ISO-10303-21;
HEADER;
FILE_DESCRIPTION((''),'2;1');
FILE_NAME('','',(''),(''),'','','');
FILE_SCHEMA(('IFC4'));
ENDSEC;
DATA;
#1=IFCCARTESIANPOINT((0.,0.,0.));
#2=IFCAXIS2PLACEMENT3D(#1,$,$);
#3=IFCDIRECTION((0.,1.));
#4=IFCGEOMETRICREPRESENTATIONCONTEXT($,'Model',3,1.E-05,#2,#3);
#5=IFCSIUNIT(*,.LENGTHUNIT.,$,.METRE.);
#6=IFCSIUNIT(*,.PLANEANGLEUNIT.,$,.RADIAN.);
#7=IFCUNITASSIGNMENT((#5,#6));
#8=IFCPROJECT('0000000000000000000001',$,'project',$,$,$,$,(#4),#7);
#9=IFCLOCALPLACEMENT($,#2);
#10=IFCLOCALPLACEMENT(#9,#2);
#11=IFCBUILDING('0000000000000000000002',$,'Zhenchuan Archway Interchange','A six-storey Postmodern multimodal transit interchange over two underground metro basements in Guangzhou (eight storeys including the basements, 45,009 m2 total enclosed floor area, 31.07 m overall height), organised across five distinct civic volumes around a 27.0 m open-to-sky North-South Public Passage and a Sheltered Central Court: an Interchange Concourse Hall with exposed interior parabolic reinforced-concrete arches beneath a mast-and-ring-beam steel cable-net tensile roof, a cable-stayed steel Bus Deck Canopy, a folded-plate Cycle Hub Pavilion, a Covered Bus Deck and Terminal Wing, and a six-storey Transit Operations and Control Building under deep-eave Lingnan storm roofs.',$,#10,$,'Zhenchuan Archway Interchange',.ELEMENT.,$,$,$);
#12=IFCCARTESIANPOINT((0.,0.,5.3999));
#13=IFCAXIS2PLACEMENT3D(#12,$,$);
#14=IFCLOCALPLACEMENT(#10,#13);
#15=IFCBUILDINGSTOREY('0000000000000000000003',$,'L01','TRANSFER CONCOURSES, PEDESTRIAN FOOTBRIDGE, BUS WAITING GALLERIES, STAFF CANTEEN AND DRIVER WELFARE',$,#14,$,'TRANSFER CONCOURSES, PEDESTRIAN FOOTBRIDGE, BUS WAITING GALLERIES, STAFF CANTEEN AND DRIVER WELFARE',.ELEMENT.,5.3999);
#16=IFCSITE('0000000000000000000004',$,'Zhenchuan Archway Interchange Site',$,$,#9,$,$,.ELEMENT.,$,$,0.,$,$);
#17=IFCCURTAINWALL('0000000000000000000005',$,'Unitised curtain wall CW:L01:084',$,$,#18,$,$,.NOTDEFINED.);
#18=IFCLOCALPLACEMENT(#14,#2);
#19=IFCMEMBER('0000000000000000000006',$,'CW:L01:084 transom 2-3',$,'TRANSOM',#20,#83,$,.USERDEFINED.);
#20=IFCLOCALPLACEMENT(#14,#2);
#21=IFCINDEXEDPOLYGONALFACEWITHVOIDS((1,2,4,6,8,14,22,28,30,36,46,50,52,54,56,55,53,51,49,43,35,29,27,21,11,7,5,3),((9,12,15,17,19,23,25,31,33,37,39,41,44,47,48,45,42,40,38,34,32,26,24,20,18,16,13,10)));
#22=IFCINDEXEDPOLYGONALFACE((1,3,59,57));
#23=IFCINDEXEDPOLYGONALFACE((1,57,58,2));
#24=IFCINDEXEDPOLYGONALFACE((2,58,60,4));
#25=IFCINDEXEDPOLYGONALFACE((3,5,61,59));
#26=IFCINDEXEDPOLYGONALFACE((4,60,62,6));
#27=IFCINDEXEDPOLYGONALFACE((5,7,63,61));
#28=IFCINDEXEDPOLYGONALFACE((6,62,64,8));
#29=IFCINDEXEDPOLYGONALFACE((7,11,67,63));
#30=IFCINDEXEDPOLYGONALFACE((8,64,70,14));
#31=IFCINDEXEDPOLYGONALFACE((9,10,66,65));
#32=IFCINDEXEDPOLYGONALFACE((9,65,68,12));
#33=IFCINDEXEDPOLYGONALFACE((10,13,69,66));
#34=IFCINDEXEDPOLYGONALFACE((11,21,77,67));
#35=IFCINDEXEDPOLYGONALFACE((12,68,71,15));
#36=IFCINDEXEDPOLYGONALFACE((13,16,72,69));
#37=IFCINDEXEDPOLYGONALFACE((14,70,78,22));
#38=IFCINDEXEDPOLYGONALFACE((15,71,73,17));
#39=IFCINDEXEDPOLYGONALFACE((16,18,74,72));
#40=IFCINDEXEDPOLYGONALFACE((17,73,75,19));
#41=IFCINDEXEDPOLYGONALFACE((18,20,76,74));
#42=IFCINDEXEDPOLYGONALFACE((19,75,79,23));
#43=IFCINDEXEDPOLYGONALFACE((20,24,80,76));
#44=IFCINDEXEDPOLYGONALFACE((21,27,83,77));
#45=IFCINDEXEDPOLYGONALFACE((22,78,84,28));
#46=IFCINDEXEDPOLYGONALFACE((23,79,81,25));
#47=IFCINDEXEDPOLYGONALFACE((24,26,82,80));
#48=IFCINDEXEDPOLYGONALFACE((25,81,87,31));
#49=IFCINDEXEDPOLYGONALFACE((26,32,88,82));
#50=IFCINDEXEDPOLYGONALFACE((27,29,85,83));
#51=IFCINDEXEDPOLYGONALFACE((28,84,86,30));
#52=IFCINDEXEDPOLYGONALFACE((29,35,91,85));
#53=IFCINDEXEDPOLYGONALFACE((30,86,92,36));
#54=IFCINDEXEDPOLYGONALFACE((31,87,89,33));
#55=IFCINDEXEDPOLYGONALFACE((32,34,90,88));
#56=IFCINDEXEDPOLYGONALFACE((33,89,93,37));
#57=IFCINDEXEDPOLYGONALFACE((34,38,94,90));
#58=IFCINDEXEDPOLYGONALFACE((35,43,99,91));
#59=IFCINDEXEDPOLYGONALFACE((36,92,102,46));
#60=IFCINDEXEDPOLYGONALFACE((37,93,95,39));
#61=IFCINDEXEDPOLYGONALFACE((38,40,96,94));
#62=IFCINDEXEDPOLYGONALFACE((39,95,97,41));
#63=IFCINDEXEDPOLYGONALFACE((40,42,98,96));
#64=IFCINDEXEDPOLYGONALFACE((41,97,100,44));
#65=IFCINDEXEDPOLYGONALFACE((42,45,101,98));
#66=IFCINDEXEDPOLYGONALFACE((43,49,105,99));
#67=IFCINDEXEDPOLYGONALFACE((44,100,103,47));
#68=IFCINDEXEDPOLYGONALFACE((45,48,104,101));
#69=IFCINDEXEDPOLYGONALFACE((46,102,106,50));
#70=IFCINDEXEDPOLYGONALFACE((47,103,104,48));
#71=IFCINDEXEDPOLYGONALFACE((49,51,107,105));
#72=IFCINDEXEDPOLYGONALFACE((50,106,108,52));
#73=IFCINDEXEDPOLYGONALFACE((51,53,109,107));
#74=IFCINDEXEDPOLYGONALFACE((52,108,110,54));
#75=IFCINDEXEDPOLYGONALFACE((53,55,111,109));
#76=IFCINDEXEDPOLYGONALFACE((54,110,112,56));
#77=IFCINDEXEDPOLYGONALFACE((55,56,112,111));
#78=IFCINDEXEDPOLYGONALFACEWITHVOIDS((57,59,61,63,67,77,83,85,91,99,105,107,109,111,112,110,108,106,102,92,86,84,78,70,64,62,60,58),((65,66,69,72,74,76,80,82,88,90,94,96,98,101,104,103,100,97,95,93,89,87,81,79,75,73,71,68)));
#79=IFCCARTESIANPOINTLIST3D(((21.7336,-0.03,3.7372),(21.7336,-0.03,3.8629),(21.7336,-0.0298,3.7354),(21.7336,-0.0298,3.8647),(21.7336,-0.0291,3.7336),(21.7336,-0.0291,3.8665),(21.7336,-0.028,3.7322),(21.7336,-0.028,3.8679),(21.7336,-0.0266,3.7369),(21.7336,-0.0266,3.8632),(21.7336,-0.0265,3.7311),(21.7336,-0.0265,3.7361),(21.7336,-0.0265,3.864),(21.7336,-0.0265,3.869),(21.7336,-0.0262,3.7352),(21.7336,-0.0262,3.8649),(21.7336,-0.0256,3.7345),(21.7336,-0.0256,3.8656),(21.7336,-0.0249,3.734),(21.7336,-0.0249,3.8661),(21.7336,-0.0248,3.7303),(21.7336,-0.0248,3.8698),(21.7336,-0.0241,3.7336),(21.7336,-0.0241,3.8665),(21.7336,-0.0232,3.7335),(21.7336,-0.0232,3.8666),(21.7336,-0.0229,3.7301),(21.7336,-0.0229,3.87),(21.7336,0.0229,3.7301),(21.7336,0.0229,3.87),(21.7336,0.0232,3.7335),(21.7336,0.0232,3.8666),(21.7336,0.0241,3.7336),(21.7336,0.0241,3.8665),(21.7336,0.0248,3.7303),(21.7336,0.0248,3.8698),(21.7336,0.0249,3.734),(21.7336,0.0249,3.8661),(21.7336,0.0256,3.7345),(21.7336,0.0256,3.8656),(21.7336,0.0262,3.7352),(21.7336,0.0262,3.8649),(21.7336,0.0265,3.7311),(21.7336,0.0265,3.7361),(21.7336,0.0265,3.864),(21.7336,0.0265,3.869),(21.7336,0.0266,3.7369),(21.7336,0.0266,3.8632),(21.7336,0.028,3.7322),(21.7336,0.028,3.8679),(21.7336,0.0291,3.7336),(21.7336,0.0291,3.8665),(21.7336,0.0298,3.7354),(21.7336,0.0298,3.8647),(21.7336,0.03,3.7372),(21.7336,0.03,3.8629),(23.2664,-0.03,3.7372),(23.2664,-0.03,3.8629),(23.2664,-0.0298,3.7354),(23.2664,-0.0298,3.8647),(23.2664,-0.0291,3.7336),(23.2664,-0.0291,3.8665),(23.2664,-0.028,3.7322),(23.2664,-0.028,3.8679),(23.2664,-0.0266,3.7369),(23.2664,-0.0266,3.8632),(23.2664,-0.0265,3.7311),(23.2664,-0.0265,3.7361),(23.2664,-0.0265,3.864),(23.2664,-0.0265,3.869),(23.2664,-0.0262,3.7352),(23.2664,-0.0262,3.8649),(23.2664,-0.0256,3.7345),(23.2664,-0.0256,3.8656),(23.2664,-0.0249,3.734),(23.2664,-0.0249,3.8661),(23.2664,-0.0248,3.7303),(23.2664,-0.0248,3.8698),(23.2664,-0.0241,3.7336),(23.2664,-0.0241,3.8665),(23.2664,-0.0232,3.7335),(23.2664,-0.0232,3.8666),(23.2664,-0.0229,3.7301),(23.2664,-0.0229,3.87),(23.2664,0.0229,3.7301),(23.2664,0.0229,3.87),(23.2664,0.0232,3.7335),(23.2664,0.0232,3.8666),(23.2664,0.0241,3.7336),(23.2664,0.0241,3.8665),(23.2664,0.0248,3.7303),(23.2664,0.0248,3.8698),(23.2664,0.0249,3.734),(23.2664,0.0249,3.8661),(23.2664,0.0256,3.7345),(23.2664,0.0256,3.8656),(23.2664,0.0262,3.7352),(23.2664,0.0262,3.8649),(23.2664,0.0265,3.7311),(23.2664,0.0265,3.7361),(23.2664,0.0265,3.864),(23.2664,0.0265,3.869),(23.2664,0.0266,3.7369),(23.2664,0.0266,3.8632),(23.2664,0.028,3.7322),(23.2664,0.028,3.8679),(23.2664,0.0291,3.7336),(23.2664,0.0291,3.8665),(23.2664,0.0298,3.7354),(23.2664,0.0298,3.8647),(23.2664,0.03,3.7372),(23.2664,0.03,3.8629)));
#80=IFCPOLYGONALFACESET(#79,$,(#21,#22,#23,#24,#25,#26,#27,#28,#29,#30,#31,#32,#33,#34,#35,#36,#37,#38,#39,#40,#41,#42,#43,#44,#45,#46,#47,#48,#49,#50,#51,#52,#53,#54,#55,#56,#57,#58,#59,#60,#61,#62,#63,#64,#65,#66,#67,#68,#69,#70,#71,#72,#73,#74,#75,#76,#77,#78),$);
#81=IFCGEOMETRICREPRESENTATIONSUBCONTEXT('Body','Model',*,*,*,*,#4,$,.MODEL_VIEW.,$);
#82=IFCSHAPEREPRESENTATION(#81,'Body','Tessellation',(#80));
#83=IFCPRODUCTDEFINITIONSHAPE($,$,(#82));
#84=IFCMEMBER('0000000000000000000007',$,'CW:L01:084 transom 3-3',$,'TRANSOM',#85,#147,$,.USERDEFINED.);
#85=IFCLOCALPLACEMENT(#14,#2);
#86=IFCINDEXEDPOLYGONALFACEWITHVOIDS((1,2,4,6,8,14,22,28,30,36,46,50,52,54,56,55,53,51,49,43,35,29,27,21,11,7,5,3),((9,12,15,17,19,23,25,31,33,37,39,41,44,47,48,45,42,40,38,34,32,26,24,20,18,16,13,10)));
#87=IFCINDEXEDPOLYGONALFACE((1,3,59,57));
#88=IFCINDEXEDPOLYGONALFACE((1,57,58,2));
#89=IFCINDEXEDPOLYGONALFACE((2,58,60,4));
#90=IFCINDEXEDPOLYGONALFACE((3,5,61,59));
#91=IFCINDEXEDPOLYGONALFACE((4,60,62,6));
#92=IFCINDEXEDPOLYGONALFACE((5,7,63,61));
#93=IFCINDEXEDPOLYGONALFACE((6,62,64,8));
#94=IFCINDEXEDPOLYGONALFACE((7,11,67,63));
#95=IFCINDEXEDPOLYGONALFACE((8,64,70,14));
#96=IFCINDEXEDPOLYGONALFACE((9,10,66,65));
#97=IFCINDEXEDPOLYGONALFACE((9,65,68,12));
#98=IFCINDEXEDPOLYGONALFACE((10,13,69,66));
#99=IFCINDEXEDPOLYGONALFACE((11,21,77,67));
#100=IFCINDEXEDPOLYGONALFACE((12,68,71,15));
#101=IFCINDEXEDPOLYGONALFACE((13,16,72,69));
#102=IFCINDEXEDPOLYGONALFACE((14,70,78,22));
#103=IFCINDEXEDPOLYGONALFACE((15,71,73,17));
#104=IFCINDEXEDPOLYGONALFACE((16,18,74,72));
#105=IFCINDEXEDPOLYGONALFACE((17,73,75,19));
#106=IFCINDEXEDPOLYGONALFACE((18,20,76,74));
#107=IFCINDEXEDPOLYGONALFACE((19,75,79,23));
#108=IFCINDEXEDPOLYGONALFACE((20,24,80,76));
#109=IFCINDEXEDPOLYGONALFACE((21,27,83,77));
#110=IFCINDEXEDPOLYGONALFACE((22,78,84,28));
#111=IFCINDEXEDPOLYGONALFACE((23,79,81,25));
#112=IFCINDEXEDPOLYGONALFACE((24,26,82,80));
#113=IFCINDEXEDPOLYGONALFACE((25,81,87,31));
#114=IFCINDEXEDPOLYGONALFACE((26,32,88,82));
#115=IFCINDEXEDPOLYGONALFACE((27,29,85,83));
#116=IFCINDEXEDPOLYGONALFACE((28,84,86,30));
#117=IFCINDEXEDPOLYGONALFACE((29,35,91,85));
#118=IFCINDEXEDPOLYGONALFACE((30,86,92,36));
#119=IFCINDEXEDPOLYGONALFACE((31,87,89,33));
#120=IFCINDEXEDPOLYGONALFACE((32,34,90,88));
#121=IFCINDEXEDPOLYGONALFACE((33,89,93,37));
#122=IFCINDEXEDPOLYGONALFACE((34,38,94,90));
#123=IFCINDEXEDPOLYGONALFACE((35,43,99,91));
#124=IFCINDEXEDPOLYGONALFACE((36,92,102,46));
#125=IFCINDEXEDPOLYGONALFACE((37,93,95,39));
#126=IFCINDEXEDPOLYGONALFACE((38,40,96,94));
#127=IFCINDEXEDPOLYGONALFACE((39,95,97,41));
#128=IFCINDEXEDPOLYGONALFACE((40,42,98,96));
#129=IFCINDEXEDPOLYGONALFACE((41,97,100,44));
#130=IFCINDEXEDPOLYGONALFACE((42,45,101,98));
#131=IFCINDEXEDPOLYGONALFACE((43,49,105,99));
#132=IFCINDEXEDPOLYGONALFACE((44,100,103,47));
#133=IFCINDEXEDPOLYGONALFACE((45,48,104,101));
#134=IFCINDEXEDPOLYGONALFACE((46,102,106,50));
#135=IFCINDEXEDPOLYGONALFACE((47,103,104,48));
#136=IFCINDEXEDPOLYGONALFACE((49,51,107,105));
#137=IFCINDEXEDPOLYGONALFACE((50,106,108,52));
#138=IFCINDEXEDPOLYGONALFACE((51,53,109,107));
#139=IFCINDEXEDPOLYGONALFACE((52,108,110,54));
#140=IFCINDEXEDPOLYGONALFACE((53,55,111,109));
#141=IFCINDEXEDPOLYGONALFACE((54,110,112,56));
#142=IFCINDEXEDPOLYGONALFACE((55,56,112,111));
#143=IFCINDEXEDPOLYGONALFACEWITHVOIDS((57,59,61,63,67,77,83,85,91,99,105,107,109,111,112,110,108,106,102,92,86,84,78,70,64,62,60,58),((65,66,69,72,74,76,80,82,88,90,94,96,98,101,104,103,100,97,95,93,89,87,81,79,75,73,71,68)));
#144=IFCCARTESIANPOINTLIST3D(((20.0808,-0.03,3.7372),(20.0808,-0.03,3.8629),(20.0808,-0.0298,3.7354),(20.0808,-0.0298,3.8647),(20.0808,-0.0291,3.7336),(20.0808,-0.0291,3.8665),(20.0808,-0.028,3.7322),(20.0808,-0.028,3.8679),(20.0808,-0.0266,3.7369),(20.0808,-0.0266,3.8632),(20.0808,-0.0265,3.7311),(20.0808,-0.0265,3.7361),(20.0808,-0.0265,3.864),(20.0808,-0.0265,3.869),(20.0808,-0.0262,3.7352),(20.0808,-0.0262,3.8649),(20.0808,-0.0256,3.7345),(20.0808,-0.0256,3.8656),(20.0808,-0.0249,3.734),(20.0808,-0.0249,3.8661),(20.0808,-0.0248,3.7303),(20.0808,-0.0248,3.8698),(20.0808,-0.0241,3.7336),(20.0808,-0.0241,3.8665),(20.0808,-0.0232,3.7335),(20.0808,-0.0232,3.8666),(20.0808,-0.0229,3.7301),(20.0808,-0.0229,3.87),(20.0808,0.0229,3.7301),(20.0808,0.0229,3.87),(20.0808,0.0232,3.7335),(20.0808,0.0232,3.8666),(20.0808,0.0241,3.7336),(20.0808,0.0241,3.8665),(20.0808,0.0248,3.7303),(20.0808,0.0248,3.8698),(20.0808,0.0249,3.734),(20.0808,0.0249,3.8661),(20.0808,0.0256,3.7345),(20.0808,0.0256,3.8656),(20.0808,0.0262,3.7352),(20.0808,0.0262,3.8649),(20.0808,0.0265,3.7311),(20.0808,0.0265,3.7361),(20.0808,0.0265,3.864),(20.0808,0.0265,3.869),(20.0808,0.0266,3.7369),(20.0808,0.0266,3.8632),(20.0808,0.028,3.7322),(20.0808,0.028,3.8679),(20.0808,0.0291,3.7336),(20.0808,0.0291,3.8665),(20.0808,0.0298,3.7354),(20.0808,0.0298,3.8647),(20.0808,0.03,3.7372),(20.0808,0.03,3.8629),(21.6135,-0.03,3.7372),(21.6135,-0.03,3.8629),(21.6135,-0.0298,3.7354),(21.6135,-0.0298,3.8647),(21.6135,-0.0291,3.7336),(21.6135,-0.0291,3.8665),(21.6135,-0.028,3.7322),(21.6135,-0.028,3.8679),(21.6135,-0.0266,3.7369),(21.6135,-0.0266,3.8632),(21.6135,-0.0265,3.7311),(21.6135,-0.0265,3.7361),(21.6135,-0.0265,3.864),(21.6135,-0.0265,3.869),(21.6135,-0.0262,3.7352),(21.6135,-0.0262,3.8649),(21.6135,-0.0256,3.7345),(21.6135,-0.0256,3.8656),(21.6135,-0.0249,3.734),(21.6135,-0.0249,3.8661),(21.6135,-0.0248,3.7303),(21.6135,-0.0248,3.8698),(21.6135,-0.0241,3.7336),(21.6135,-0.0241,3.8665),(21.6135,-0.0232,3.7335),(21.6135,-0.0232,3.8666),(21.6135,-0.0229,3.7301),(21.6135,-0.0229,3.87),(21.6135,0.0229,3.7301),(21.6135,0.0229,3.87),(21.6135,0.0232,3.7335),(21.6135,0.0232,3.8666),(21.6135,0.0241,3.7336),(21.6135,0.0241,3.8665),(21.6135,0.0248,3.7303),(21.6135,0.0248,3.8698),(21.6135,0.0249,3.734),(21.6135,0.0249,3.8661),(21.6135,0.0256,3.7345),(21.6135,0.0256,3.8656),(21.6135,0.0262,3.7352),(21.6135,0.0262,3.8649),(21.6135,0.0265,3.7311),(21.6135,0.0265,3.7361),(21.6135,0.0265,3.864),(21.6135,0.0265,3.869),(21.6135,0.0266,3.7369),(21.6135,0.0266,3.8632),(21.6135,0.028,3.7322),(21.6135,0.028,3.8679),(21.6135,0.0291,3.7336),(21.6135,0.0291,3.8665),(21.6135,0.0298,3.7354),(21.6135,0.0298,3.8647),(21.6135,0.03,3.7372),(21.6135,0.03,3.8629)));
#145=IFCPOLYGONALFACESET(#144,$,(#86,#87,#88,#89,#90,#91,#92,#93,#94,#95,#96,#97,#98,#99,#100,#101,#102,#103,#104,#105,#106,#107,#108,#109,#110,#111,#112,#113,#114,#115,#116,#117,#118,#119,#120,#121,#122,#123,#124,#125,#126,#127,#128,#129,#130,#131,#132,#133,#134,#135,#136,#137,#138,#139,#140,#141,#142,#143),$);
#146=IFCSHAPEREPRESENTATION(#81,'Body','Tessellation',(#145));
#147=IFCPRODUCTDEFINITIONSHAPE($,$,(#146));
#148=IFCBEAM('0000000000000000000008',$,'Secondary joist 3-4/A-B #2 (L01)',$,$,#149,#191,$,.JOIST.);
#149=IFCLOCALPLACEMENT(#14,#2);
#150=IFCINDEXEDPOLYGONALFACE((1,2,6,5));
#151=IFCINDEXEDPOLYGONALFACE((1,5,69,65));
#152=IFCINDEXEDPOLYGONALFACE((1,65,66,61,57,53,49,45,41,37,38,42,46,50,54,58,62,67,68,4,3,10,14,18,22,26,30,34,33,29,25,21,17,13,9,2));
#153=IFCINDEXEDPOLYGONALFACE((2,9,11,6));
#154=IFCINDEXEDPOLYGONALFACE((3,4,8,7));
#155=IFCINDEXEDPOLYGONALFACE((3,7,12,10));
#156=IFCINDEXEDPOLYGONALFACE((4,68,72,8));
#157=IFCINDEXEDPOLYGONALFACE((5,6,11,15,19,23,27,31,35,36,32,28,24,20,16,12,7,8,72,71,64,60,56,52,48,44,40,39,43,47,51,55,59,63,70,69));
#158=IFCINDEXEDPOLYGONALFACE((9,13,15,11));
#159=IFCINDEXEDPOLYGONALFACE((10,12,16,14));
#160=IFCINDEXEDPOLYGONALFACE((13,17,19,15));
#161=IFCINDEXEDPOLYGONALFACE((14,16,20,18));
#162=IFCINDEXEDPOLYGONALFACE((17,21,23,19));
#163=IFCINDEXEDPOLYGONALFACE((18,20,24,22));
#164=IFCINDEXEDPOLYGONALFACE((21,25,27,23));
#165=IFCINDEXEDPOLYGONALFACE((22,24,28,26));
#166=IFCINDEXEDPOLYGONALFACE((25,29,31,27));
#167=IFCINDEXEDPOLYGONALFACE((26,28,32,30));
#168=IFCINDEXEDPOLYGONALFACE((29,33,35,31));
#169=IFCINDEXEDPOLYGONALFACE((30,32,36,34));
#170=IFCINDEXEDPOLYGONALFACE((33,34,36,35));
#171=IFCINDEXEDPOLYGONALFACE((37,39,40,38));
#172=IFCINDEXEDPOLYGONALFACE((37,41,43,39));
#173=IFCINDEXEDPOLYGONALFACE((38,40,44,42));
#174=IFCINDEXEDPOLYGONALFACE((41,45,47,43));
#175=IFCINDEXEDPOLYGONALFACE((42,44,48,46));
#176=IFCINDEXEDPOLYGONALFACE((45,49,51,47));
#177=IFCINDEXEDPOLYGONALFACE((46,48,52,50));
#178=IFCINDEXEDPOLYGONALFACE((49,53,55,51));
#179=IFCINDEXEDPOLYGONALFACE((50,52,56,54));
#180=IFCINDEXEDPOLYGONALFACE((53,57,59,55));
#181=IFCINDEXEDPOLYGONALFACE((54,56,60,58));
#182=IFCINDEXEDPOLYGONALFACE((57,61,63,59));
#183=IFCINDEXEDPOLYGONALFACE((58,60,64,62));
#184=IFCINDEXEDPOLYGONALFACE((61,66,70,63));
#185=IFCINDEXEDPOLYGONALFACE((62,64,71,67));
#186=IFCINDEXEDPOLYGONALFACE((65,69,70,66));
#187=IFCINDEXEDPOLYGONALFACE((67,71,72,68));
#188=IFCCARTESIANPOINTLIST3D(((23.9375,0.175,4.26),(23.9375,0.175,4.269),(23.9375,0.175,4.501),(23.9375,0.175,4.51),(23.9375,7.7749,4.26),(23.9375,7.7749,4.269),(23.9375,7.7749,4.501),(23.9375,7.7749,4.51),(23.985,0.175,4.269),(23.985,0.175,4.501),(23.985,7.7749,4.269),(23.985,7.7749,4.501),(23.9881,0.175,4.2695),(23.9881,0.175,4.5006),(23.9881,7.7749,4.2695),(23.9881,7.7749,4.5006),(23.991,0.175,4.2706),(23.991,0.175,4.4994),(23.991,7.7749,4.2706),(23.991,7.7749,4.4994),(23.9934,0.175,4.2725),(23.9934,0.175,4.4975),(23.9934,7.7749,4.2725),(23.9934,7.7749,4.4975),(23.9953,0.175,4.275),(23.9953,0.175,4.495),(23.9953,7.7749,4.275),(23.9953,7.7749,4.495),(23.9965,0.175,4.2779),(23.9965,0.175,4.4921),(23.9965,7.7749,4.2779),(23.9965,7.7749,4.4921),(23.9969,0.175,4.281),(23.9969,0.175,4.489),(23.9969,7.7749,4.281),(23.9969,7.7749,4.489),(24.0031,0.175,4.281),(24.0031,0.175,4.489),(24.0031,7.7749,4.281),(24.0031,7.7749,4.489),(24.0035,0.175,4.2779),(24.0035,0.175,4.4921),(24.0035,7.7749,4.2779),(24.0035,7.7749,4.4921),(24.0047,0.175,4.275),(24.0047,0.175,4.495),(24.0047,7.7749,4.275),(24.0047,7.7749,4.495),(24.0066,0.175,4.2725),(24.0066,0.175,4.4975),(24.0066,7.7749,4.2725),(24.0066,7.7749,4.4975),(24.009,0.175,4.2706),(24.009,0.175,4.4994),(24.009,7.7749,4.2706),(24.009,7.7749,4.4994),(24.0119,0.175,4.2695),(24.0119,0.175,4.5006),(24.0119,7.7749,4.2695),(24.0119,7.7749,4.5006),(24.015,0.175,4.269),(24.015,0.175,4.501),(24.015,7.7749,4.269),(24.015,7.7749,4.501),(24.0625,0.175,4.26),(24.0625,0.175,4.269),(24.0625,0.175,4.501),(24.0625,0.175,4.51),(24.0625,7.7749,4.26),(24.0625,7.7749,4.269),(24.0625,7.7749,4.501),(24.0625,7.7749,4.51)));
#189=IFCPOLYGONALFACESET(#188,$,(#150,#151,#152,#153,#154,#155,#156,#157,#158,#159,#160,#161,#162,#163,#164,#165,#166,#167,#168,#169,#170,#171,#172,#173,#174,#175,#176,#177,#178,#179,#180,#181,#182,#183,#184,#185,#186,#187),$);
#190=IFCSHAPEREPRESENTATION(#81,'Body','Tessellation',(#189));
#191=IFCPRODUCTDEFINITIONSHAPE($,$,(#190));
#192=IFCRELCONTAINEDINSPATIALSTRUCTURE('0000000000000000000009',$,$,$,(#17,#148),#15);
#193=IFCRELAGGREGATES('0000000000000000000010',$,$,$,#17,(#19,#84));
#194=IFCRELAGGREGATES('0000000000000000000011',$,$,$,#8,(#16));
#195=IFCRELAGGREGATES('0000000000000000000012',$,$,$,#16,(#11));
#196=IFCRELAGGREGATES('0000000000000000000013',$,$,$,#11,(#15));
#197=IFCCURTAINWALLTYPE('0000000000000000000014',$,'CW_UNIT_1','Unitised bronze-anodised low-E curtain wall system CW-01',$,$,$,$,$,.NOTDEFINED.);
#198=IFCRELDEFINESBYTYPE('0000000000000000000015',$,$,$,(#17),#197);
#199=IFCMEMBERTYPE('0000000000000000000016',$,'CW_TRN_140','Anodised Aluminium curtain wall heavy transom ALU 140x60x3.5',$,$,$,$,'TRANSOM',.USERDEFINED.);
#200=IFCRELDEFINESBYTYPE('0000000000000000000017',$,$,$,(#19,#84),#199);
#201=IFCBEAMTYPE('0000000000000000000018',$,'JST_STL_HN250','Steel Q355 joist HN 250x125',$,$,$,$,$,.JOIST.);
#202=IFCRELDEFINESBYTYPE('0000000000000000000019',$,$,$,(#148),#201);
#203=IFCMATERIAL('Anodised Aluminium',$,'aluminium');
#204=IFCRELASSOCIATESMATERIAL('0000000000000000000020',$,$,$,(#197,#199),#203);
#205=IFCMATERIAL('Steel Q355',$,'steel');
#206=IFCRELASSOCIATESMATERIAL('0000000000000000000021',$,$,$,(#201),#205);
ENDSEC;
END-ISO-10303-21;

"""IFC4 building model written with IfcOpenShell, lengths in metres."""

from ifc_helpers import new_model, si_unit, direction, frame, origin, origin_2d, place, context, subcontext, project, spatial, hollow_rectangle, i_section, extrude, material, material_profile, profile_set, type_object, element, aggregate, save


model = new_model("IFC4")

# Units and contexts
model_context = context("Model", 3, precision=1e-05, world=origin(), true_north=direction((0.0, 1.0)))
body_context = subcontext(model_context, "Body", "Model", "MODEL_VIEW")
ifc_project = project(units=[si_unit("LENGTHUNIT", "METRE"), si_unit("PLANEANGLEUNIT", "RADIAN")], contexts=[model_context])

# Site, building, storey
site_placement = place(None, origin())
site = spatial("IfcSite", under=ifc_project, at=site_placement, Name="Zhenchuan Archway Interchange Site", CompositionType="ELEMENT", RefElevation=0.0)
building_placement = place(site_placement, origin())
building = spatial("IfcBuilding", under=site, at=building_placement, Name="Zhenchuan Archway Interchange", Description="A six-storey Postmodern multimodal transit interchange over two underground metro basements in Guangzhou (eight storeys including the basements, 45,009 m2 total enclosed floor area, 31.07 m overall height), organised across five distinct civic volumes around a 27.0 m open-to-sky North-South Public Passage and a Sheltered Central Court: an Interchange Concourse Hall with exposed interior parabolic reinforced-concrete arches beneath a mast-and-ring-beam steel cable-net tensile roof, a cable-stayed steel Bus Deck Canopy, a folded-plate Cycle Hub Pavilion, a Covered Bus Deck and Terminal Wing, and a six-storey Transit Operations and Control Building under deep-eave Lingnan storm roofs.", LongName="Zhenchuan Archway Interchange", CompositionType="ELEMENT")
storey_placement = place(building_placement, frame((0.0, 0.0, 5.3999)))
storey = spatial("IfcBuildingStorey", under=building, at=storey_placement, Name="L01", Description="TRANSFER CONCOURSES, PEDESTRIAN FOOTBRIDGE, BUS WAITING GALLERIES, STAFF CANTEEN AND DRIVER WELFARE", LongName="TRANSFER CONCOURSES, PEDESTRIAN FOOTBRIDGE, BUS WAITING GALLERIES, STAFF CANTEEN AND DRIVER WELFARE", CompositionType="ELEMENT", Elevation=5.3999)

# Curtain wall, members
ifc_material_1 = material(Name="Anodised Aluminium", Category="aluminium")
curtain_wall_type = type_object("IfcCurtainWallType", Name="CW_UNIT_1", Description="Unitised bronze-anodised low-E curtain wall system CW-01", PredefinedType="NOTDEFINED", material=ifc_material_1)
curtain_wall_placement = place(storey_placement, origin())
curtain_wall = element("IfcCurtainWall", 1, at=curtain_wall_placement, inside=storey, type_object=curtain_wall_type, Name="Unitised curtain wall CW:L01:084", PredefinedType="NOTDEFINED")
ifc_material_profile_1 = material_profile(ifc_material_1, hollow_rectangle(XDim=0.0601, YDim=0.1399, WallThickness=0.0034, InnerFilletRadius=0.0034, OuterFilletRadius=0.0071, at=origin_2d()), Name="ALU 140x60x3.5")
ifc_profile_set_1 = profile_set([ifc_material_profile_1], Name="Anodised Aluminium")
member_type_1 = type_object("IfcMemberType", Name="CW_TRN_140", Description="Anodised Aluminium curtain wall heavy transom ALU 140x60x3.5", ElementType="TRANSOM", PredefinedType="USERDEFINED", material=ifc_profile_set_1)
member_1_placement = place(storey_placement, frame((23.2664, 0.0, 3.8), z_axis=(-1.0, 0.0, 0.0), x_axis=(0.0, -1.0, 0.0)))
member_1 = element("IfcMember", 2, at=member_1_placement, type_object=member_type_1, Name="CW:L01:084 transom 2-3", ObjectType="TRANSOM", PredefinedType="USERDEFINED", context=body_context, shape_type="SweptSolid", body=[
    extrude(hollow_rectangle(XDim=0.0601, YDim=0.1399, WallThickness=0.0034, InnerFilletRadius=0.0034, OuterFilletRadius=0.0071, at=origin_2d()), origin(), (0.0, 0.0, 1.0), 1.5327),
])
member_2_placement = place(storey_placement, frame((21.6135, 0.0, 3.8), z_axis=(-1.0, 0.0, 0.0), x_axis=(0.0, -1.0, 0.0)))
member_2 = element("IfcMember", 3, at=member_2_placement, type_object=member_type_1, Name="CW:L01:084 transom 3-3", ObjectType="TRANSOM", PredefinedType="USERDEFINED", context=body_context, shape_type="SweptSolid", body=[
    extrude(hollow_rectangle(XDim=0.0601, YDim=0.1399, WallThickness=0.0034, InnerFilletRadius=0.0034, OuterFilletRadius=0.0071, at=origin_2d()), origin(), (0.0, 0.0, 1.0), 1.5327),
])

# Beam
ifc_material_2 = material(Name="Steel Q355", Category="steel")
ifc_material_profile_2 = material_profile(ifc_material_2, i_section(OverallWidth=0.125, OverallDepth=0.25, WebThickness=0.0061, FlangeThickness=0.009, FilletRadius=0.012, at=origin_2d()), Name="HN 250x125")
ifc_profile_set_2 = profile_set([ifc_material_profile_2], Name="Steel Q355")
beam_type_1 = type_object("IfcBeamType", Name="JST_STL_HN250", Description="Steel Q355 joist HN 250x125", PredefinedType="JOIST", material=ifc_profile_set_2)
beam_1_placement = place(storey_placement, frame((24.0, 0.175, 4.385), z_axis=(0.0, 1.0, 0.0), x_axis=(-1.0, 0.0, 0.0)))
element("IfcBeam", 4, at=beam_1_placement, inside=storey, type_object=beam_type_1, Name="Secondary joist 3-4/A-B #2 (L01)", PredefinedType="JOIST", context=body_context, shape_type="SweptSolid", body=[
    extrude(i_section(OverallWidth=0.125, OverallDepth=0.25, WebThickness=0.0061, FlangeThickness=0.009, FilletRadius=0.012, at=origin_2d()), origin(), (0.0, 0.0, 1.0), 7.5999),
])

aggregate(curtain_wall, [member_1, member_2])

save(model, "model.ifc")
